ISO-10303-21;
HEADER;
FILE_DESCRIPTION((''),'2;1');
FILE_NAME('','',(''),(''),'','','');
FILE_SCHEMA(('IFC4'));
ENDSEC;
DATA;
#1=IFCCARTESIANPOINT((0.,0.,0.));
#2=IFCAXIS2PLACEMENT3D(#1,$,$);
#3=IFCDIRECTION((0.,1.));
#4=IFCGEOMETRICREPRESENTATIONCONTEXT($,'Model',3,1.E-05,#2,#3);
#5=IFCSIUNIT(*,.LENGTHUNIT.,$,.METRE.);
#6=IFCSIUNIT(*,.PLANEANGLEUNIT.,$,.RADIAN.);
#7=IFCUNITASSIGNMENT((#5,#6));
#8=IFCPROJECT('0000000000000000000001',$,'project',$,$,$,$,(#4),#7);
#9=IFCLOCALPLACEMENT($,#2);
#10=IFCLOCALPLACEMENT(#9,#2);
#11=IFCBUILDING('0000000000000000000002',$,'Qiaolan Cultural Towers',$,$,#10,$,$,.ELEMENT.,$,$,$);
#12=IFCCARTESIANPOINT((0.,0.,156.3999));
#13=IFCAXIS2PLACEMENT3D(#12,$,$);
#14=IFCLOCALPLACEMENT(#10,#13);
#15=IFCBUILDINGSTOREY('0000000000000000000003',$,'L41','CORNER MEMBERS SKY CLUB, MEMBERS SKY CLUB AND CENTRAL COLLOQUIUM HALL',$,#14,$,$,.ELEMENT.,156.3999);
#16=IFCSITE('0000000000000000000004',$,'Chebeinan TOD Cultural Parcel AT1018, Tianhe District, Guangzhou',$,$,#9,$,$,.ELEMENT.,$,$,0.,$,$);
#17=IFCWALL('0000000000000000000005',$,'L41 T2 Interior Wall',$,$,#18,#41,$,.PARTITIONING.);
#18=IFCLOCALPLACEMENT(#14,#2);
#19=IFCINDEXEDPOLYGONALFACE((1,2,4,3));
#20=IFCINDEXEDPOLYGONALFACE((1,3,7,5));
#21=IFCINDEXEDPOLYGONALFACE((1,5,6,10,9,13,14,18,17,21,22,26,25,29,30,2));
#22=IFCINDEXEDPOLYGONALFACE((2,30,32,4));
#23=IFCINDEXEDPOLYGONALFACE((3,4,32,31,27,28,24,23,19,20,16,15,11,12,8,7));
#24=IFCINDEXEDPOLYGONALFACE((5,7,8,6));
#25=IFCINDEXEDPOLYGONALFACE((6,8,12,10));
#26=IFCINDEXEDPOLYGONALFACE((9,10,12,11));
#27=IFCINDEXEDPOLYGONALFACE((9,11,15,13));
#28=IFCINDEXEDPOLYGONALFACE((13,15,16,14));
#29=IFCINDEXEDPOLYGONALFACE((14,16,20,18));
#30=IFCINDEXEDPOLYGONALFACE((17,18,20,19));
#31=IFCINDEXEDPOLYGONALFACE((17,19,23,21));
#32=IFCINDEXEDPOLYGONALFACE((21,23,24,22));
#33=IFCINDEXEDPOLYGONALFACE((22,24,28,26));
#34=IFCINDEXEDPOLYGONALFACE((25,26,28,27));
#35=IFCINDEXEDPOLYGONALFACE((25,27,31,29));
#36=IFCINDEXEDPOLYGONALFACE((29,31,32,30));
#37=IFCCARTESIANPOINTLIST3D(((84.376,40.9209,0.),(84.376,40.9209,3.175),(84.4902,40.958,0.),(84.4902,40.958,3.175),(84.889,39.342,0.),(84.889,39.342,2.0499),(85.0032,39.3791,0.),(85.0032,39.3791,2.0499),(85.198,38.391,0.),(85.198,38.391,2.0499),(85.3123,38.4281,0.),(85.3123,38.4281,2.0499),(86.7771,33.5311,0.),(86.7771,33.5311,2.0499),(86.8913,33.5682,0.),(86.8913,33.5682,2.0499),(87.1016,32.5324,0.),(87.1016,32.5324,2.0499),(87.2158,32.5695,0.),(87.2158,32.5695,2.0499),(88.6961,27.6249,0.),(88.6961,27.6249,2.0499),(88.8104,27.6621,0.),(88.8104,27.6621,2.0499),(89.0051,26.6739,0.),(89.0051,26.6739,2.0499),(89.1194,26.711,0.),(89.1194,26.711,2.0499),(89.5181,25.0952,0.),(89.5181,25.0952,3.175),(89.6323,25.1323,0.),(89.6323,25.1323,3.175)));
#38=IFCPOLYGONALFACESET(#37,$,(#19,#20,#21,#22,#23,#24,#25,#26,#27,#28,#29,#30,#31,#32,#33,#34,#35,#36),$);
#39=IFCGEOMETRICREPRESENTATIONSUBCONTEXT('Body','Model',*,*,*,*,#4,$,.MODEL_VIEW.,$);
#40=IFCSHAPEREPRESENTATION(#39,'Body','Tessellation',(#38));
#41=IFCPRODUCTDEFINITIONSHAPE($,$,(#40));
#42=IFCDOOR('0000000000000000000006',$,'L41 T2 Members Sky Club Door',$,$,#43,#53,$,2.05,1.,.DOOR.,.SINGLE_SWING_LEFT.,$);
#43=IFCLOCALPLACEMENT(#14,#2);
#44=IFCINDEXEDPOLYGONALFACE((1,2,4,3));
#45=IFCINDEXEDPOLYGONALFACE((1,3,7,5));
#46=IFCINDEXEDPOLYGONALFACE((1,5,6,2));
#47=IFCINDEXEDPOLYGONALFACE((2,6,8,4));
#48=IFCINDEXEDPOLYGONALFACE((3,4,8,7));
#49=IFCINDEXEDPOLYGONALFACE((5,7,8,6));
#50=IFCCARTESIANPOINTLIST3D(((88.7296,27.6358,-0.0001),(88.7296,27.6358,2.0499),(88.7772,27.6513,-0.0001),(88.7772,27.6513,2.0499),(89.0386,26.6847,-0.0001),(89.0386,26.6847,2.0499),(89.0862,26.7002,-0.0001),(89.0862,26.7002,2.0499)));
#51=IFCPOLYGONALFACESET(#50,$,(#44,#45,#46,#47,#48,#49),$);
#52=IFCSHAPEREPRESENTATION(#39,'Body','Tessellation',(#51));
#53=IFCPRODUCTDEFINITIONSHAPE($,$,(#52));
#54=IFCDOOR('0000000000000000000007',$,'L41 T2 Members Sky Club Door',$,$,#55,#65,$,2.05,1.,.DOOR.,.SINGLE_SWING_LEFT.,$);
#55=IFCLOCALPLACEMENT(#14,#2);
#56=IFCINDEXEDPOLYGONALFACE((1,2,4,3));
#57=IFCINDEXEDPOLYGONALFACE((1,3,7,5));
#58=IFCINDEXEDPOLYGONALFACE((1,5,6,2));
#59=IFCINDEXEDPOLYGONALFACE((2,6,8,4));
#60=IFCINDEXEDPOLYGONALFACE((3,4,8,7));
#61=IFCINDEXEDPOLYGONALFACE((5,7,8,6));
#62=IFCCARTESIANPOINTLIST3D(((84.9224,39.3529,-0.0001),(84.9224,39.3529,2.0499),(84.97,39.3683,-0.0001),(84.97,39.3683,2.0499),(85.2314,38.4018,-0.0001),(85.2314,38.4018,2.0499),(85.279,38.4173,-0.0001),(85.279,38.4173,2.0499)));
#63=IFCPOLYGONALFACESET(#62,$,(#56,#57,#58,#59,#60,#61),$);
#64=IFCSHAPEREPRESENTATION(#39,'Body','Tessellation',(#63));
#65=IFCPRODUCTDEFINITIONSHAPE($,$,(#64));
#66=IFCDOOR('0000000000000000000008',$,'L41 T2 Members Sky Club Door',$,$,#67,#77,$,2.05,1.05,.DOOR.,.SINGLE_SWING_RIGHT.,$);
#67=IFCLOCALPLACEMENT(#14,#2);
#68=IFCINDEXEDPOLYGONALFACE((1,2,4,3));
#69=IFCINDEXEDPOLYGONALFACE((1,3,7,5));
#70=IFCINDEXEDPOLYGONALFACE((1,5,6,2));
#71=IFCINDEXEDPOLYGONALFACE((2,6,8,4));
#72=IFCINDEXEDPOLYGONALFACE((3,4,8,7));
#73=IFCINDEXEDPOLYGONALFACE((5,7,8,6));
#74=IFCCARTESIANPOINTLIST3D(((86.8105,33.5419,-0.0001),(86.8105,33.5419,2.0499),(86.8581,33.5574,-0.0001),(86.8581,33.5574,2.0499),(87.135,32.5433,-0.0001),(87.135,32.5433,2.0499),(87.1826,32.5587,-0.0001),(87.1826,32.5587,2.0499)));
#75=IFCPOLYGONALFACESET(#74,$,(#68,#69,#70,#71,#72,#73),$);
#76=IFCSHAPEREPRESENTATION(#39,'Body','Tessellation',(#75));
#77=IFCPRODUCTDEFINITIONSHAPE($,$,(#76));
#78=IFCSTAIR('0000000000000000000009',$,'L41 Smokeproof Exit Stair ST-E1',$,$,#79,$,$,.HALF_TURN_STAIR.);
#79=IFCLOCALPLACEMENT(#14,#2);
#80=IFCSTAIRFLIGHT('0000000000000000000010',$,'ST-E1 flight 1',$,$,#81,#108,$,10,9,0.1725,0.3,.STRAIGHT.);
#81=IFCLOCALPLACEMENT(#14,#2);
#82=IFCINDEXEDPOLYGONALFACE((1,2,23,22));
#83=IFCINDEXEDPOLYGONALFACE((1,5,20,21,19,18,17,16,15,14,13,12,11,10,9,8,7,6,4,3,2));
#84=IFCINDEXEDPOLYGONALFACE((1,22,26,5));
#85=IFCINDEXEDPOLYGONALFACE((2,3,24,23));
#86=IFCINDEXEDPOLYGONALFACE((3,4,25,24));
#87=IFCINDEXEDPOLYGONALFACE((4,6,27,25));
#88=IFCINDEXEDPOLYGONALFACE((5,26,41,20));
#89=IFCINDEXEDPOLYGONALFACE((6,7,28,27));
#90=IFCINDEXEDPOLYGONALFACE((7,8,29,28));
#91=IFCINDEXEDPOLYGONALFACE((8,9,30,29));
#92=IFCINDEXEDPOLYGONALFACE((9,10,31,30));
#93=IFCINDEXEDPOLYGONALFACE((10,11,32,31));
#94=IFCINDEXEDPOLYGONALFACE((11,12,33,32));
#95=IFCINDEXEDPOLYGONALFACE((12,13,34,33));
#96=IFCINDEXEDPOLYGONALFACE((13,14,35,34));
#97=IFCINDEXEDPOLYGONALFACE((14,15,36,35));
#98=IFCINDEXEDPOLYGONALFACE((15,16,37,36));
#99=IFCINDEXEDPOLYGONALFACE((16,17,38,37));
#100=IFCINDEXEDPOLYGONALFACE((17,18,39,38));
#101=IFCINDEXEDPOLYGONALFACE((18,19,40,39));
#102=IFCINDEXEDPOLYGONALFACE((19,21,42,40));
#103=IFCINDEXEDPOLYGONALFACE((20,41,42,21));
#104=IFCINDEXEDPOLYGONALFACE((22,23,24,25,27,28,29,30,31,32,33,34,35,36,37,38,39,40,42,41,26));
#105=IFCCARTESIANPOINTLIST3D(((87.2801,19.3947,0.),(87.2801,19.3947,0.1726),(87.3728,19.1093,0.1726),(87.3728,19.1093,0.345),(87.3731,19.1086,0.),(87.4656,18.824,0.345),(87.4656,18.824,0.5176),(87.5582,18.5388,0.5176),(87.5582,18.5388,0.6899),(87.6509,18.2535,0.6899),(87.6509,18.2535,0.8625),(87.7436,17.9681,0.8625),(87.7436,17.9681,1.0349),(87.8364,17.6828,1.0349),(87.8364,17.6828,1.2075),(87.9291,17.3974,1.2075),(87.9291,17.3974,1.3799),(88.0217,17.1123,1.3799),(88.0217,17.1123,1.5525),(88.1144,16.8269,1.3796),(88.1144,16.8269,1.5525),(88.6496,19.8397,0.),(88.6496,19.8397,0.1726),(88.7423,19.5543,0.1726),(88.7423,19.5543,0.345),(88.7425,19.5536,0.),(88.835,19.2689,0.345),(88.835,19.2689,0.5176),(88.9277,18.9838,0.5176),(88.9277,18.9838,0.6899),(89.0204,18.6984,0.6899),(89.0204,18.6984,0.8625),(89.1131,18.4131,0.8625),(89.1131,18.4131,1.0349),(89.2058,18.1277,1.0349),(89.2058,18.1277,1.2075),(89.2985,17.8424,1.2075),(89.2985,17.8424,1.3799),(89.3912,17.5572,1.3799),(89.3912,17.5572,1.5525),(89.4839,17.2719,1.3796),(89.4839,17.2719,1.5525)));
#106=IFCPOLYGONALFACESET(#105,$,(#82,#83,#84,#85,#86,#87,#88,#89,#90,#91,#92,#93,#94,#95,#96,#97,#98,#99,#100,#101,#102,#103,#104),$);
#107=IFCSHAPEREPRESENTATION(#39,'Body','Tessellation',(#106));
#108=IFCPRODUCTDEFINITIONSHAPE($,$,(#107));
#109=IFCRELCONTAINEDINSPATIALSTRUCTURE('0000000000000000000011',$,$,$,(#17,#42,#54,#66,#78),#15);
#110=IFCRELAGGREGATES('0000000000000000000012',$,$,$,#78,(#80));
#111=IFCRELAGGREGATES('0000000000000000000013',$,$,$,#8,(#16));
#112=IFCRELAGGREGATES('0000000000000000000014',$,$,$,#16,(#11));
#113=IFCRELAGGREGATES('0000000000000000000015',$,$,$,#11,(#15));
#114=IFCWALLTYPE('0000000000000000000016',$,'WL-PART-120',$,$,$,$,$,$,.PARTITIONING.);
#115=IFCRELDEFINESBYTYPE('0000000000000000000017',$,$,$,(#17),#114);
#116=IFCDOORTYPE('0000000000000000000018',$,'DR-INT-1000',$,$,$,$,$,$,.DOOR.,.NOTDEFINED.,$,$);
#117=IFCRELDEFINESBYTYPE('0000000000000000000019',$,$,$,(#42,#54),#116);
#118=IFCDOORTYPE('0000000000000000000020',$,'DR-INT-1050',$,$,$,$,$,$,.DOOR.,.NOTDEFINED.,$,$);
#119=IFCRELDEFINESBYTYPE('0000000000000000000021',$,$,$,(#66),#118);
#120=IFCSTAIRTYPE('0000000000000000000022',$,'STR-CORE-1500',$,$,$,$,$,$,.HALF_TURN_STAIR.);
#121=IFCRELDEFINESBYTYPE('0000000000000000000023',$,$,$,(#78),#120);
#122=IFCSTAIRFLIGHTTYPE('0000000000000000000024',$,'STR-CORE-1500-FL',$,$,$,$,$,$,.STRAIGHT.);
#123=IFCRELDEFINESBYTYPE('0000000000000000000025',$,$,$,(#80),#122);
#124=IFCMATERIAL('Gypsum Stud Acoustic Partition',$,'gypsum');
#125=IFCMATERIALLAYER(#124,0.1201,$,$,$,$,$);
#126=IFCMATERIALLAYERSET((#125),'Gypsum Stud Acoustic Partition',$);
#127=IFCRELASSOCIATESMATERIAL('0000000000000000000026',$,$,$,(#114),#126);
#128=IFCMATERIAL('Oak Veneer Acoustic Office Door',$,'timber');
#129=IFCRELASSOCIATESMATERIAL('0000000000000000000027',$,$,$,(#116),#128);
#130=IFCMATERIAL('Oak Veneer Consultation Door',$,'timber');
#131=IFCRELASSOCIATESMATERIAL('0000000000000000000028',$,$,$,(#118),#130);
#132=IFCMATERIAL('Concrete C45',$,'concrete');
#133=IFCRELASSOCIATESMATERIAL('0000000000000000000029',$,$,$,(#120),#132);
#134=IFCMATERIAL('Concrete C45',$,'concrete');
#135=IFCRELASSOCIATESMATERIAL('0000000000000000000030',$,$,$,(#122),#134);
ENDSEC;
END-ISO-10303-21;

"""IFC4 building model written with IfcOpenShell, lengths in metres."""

from ifc_helpers import new_model, si_unit, direction, frame, frame_2d, origin, place, context, subcontext, project, spatial, polyline, rectangle, outline, extrude, material, layer, layer_set, type_object, element, fill, aggregate, save


model = new_model("IFC4")

# Units and contexts
model_context = context("Model", 3, precision=1e-05, world=origin(), true_north=direction((0.0, 1.0)))
body_context = subcontext(model_context, "Body", "Model", "MODEL_VIEW")
ifc_project = project(units=[si_unit("LENGTHUNIT", "METRE"), si_unit("PLANEANGLEUNIT", "RADIAN")], contexts=[model_context])

# Site, building, storey
site_placement = place(None, origin())
site = spatial("IfcSite", under=ifc_project, at=site_placement, Name="Chebeinan TOD Cultural Parcel AT1018, Tianhe District, Guangzhou", CompositionType="ELEMENT", RefElevation=0.0)
building_placement = place(site_placement, origin())
building = spatial("IfcBuilding", under=site, at=building_placement, Name="Qiaolan Cultural Towers", CompositionType="ELEMENT")
storey_placement = place(building_placement, frame((0.0, 0.0, 156.3999)))
storey = spatial("IfcBuildingStorey", under=building, at=storey_placement, Name="L41", Description="CORNER MEMBERS SKY CLUB, MEMBERS SKY CLUB AND CENTRAL COLLOQUIUM HALL", CompositionType="ELEMENT", Elevation=156.3999)

# Wall, openings, doors
ifc_material_1 = material(Name="Gypsum Stud Acoustic Partition", Category="gypsum")
ifc_layer_1 = layer(ifc_material_1, 0.1201)
ifc_layer_set_1 = layer_set([ifc_layer_1], Name="Gypsum Stud Acoustic Partition")
wall_type_1 = type_object("IfcWallType", Name="WL-PART-120", PredefinedType="PARTITIONING", material=ifc_layer_set_1)
wall_1_placement = place(storey_placement, frame((89.5752, 25.1138, 0.0), z_axis=(0.0, 0.0, 1.0), x_axis=(-0.309018, 0.951056, 0.0)))
wall_1 = element("IfcWall", 1, at=wall_1_placement, inside=storey, type_object=wall_type_1, Name="L41 T2 Interior Wall", PredefinedType="PARTITIONING", context=body_context, shape_type="SweptSolid", body=[
    extrude(rectangle(XDim=16.6401, YDim=0.1201, at=frame_2d((8.3201, 0.0))), origin(), (0.0, 0.0, 1.0), 3.175),
])
opening_1_placement = place(wall_1_placement, frame((1.6599, 0.0, 0.0)))
opening_1 = element("IfcOpeningElement", 2, at=opening_1_placement, cuts=wall_1, PredefinedType="OPENING", context=body_context, shape_type="SweptSolid", body=[
    extrude(rectangle(XDim=1.0, YDim=2.05, at=frame_2d((0.5, 1.0249))), frame((0.0, 0.0701, 0.0), z_axis=(0.0, -1.0, 0.0), x_axis=(1.0, 0.0, 0.0)), (0.0, 0.0, 1.0), 0.1401),
])
opening_2_placement = place(wall_1_placement, frame((7.8201, 0.0, 0.0)))
opening_2 = element("IfcOpeningElement", 3, at=opening_2_placement, cuts=wall_1, PredefinedType="OPENING", context=body_context, shape_type="SweptSolid", body=[
    extrude(rectangle(XDim=1.05, YDim=2.05, at=frame_2d((0.5249, 1.0249))), frame((0.0, 0.0701, 0.0), z_axis=(0.0, -1.0, 0.0), x_axis=(1.0, 0.0, 0.0)), (0.0, 0.0, 1.0), 0.1401),
])
opening_3_placement = place(wall_1_placement, frame((13.98, 0.0, 0.0)))
opening_3 = element("IfcOpeningElement", 4, at=opening_3_placement, cuts=wall_1, PredefinedType="OPENING", context=body_context, shape_type="SweptSolid", body=[
    extrude(rectangle(XDim=1.0, YDim=2.05, at=frame_2d((0.5, 1.0249))), frame((0.0, 0.0701, 0.0), z_axis=(0.0, -1.0, 0.0), x_axis=(1.0, 0.0, 0.0)), (0.0, 0.0, 1.0), 0.1401),
])
ifc_material_2 = material(Name="Oak Veneer Acoustic Office Door", Category="timber")
door_type_1 = type_object("IfcDoorType", Name="DR-INT-1000", OperationType="NOTDEFINED", PredefinedType="DOOR", material=ifc_material_2)
door_1_placement = place(opening_1_placement, origin())
door_1 = element("IfcDoor", 5, at=door_1_placement, inside=storey, type_object=door_type_1, Name="L41 T2 Members Sky Club Door", OperationType="SINGLE_SWING_LEFT", OverallHeight=2.05, OverallWidth=1.0, PredefinedType="DOOR", context=body_context, shape_type="SweptSolid", body=[
    extrude(rectangle(XDim=1.0, YDim=2.05, at=frame_2d((0.5, 1.0249))), frame((0.0, 0.0249, 0.0), z_axis=(0.0, -1.0, 0.0), x_axis=(1.0, 0.0, 0.0)), (0.0, 0.0, 1.0), 0.05),
])
fill(opening_1, door_1)
door_2_placement = place(opening_3_placement, origin())
door_2 = element("IfcDoor", 6, at=door_2_placement, inside=storey, type_object=door_type_1, Name="L41 T2 Members Sky Club Door", OperationType="SINGLE_SWING_LEFT", OverallHeight=2.05, OverallWidth=1.0, PredefinedType="DOOR", context=body_context, shape_type="SweptSolid", body=[
    extrude(rectangle(XDim=1.0, YDim=2.05, at=frame_2d((0.5, 1.0249))), frame((0.0, 0.0249, 0.0), z_axis=(0.0, -1.0, 0.0), x_axis=(1.0, 0.0, 0.0)), (0.0, 0.0, 1.0), 0.05),
])
fill(opening_3, door_2)
ifc_material_3 = material(Name="Oak Veneer Consultation Door", Category="timber")
door_type_2 = type_object("IfcDoorType", Name="DR-INT-1050", OperationType="NOTDEFINED", PredefinedType="DOOR", material=ifc_material_3)
door_3_placement = place(opening_2_placement, origin())
door_3 = element("IfcDoor", 7, at=door_3_placement, inside=storey, type_object=door_type_2, Name="L41 T2 Members Sky Club Door", OperationType="SINGLE_SWING_RIGHT", OverallHeight=2.05, OverallWidth=1.05, PredefinedType="DOOR", context=body_context, shape_type="SweptSolid", body=[
    extrude(rectangle(XDim=1.05, YDim=2.05, at=frame_2d((0.5249, 1.0249))), frame((0.0, 0.0249, 0.0), z_axis=(0.0, -1.0, 0.0), x_axis=(1.0, 0.0, 0.0)), (0.0, 0.0, 1.0), 0.05),
])
fill(opening_2, door_3)

# Stair, stair flight
ifc_material_4 = material(Name="Concrete C45", Category="concrete")
stair_type = type_object("IfcStairType", Name="STR-CORE-1500", PredefinedType="HALF_TURN_STAIR", material=ifc_material_4)
stair_placement = place(storey_placement, origin())
stair = element("IfcStair", 8, at=stair_placement, inside=storey, type_object=stair_type, Name="L41 Smokeproof Exit Stair ST-E1", PredefinedType="HALF_TURN_STAIR")
ifc_material_5 = material(Name="Concrete C45", Category="concrete")
stair_flight_type = type_object("IfcStairFlightType", Name="STR-CORE-1500-FL", PredefinedType="STRAIGHT", material=ifc_material_5)
stair_flight_placement = place(storey_placement, frame((87.9648, 19.6172, 0.0), z_axis=(0.0, 0.0, 1.0), x_axis=(0.309017, -0.951057, 0.0)))
stair_flight = element("IfcStairFlight", 9, at=stair_flight_placement, type_object=stair_flight_type, Name="ST-E1 flight 1", NumberOfRisers=10, NumberOfTreads=9, PredefinedType="STRAIGHT", RiserHeight=0.1725, TreadLength=0.3, context=body_context, shape_type="SweptSolid", body=[
    extrude(outline(polyline([(0.0, 0.0), (0.0, 0.1726), (0.3, 0.1726), (0.3, 0.345), (0.6001, 0.345), (0.6001, 0.5176), (0.8999, 0.5176), (0.8999, 0.6899), (1.2, 0.6899), (1.2, 0.8625), (1.5, 0.8625), (1.5, 1.0349), (1.8, 1.0349), (1.8, 1.2075), (2.1001, 1.2075), (2.1001, 1.3799), (2.3999, 1.3799), (2.3999, 1.5525), (2.7, 1.5525), (2.7, 1.7251), (2.7, 1.3796), (0.3008, 0.0), (0.0, 0.0)])), frame((0.0, 0.72, 0.0), z_axis=(0.0, -1.0, 0.0), x_axis=(1.0, 0.0, 0.0)), (0.0, 0.0, 1.0), 1.4399),
])
aggregate(stair, [stair_flight])

save(model, "model.ifc")
